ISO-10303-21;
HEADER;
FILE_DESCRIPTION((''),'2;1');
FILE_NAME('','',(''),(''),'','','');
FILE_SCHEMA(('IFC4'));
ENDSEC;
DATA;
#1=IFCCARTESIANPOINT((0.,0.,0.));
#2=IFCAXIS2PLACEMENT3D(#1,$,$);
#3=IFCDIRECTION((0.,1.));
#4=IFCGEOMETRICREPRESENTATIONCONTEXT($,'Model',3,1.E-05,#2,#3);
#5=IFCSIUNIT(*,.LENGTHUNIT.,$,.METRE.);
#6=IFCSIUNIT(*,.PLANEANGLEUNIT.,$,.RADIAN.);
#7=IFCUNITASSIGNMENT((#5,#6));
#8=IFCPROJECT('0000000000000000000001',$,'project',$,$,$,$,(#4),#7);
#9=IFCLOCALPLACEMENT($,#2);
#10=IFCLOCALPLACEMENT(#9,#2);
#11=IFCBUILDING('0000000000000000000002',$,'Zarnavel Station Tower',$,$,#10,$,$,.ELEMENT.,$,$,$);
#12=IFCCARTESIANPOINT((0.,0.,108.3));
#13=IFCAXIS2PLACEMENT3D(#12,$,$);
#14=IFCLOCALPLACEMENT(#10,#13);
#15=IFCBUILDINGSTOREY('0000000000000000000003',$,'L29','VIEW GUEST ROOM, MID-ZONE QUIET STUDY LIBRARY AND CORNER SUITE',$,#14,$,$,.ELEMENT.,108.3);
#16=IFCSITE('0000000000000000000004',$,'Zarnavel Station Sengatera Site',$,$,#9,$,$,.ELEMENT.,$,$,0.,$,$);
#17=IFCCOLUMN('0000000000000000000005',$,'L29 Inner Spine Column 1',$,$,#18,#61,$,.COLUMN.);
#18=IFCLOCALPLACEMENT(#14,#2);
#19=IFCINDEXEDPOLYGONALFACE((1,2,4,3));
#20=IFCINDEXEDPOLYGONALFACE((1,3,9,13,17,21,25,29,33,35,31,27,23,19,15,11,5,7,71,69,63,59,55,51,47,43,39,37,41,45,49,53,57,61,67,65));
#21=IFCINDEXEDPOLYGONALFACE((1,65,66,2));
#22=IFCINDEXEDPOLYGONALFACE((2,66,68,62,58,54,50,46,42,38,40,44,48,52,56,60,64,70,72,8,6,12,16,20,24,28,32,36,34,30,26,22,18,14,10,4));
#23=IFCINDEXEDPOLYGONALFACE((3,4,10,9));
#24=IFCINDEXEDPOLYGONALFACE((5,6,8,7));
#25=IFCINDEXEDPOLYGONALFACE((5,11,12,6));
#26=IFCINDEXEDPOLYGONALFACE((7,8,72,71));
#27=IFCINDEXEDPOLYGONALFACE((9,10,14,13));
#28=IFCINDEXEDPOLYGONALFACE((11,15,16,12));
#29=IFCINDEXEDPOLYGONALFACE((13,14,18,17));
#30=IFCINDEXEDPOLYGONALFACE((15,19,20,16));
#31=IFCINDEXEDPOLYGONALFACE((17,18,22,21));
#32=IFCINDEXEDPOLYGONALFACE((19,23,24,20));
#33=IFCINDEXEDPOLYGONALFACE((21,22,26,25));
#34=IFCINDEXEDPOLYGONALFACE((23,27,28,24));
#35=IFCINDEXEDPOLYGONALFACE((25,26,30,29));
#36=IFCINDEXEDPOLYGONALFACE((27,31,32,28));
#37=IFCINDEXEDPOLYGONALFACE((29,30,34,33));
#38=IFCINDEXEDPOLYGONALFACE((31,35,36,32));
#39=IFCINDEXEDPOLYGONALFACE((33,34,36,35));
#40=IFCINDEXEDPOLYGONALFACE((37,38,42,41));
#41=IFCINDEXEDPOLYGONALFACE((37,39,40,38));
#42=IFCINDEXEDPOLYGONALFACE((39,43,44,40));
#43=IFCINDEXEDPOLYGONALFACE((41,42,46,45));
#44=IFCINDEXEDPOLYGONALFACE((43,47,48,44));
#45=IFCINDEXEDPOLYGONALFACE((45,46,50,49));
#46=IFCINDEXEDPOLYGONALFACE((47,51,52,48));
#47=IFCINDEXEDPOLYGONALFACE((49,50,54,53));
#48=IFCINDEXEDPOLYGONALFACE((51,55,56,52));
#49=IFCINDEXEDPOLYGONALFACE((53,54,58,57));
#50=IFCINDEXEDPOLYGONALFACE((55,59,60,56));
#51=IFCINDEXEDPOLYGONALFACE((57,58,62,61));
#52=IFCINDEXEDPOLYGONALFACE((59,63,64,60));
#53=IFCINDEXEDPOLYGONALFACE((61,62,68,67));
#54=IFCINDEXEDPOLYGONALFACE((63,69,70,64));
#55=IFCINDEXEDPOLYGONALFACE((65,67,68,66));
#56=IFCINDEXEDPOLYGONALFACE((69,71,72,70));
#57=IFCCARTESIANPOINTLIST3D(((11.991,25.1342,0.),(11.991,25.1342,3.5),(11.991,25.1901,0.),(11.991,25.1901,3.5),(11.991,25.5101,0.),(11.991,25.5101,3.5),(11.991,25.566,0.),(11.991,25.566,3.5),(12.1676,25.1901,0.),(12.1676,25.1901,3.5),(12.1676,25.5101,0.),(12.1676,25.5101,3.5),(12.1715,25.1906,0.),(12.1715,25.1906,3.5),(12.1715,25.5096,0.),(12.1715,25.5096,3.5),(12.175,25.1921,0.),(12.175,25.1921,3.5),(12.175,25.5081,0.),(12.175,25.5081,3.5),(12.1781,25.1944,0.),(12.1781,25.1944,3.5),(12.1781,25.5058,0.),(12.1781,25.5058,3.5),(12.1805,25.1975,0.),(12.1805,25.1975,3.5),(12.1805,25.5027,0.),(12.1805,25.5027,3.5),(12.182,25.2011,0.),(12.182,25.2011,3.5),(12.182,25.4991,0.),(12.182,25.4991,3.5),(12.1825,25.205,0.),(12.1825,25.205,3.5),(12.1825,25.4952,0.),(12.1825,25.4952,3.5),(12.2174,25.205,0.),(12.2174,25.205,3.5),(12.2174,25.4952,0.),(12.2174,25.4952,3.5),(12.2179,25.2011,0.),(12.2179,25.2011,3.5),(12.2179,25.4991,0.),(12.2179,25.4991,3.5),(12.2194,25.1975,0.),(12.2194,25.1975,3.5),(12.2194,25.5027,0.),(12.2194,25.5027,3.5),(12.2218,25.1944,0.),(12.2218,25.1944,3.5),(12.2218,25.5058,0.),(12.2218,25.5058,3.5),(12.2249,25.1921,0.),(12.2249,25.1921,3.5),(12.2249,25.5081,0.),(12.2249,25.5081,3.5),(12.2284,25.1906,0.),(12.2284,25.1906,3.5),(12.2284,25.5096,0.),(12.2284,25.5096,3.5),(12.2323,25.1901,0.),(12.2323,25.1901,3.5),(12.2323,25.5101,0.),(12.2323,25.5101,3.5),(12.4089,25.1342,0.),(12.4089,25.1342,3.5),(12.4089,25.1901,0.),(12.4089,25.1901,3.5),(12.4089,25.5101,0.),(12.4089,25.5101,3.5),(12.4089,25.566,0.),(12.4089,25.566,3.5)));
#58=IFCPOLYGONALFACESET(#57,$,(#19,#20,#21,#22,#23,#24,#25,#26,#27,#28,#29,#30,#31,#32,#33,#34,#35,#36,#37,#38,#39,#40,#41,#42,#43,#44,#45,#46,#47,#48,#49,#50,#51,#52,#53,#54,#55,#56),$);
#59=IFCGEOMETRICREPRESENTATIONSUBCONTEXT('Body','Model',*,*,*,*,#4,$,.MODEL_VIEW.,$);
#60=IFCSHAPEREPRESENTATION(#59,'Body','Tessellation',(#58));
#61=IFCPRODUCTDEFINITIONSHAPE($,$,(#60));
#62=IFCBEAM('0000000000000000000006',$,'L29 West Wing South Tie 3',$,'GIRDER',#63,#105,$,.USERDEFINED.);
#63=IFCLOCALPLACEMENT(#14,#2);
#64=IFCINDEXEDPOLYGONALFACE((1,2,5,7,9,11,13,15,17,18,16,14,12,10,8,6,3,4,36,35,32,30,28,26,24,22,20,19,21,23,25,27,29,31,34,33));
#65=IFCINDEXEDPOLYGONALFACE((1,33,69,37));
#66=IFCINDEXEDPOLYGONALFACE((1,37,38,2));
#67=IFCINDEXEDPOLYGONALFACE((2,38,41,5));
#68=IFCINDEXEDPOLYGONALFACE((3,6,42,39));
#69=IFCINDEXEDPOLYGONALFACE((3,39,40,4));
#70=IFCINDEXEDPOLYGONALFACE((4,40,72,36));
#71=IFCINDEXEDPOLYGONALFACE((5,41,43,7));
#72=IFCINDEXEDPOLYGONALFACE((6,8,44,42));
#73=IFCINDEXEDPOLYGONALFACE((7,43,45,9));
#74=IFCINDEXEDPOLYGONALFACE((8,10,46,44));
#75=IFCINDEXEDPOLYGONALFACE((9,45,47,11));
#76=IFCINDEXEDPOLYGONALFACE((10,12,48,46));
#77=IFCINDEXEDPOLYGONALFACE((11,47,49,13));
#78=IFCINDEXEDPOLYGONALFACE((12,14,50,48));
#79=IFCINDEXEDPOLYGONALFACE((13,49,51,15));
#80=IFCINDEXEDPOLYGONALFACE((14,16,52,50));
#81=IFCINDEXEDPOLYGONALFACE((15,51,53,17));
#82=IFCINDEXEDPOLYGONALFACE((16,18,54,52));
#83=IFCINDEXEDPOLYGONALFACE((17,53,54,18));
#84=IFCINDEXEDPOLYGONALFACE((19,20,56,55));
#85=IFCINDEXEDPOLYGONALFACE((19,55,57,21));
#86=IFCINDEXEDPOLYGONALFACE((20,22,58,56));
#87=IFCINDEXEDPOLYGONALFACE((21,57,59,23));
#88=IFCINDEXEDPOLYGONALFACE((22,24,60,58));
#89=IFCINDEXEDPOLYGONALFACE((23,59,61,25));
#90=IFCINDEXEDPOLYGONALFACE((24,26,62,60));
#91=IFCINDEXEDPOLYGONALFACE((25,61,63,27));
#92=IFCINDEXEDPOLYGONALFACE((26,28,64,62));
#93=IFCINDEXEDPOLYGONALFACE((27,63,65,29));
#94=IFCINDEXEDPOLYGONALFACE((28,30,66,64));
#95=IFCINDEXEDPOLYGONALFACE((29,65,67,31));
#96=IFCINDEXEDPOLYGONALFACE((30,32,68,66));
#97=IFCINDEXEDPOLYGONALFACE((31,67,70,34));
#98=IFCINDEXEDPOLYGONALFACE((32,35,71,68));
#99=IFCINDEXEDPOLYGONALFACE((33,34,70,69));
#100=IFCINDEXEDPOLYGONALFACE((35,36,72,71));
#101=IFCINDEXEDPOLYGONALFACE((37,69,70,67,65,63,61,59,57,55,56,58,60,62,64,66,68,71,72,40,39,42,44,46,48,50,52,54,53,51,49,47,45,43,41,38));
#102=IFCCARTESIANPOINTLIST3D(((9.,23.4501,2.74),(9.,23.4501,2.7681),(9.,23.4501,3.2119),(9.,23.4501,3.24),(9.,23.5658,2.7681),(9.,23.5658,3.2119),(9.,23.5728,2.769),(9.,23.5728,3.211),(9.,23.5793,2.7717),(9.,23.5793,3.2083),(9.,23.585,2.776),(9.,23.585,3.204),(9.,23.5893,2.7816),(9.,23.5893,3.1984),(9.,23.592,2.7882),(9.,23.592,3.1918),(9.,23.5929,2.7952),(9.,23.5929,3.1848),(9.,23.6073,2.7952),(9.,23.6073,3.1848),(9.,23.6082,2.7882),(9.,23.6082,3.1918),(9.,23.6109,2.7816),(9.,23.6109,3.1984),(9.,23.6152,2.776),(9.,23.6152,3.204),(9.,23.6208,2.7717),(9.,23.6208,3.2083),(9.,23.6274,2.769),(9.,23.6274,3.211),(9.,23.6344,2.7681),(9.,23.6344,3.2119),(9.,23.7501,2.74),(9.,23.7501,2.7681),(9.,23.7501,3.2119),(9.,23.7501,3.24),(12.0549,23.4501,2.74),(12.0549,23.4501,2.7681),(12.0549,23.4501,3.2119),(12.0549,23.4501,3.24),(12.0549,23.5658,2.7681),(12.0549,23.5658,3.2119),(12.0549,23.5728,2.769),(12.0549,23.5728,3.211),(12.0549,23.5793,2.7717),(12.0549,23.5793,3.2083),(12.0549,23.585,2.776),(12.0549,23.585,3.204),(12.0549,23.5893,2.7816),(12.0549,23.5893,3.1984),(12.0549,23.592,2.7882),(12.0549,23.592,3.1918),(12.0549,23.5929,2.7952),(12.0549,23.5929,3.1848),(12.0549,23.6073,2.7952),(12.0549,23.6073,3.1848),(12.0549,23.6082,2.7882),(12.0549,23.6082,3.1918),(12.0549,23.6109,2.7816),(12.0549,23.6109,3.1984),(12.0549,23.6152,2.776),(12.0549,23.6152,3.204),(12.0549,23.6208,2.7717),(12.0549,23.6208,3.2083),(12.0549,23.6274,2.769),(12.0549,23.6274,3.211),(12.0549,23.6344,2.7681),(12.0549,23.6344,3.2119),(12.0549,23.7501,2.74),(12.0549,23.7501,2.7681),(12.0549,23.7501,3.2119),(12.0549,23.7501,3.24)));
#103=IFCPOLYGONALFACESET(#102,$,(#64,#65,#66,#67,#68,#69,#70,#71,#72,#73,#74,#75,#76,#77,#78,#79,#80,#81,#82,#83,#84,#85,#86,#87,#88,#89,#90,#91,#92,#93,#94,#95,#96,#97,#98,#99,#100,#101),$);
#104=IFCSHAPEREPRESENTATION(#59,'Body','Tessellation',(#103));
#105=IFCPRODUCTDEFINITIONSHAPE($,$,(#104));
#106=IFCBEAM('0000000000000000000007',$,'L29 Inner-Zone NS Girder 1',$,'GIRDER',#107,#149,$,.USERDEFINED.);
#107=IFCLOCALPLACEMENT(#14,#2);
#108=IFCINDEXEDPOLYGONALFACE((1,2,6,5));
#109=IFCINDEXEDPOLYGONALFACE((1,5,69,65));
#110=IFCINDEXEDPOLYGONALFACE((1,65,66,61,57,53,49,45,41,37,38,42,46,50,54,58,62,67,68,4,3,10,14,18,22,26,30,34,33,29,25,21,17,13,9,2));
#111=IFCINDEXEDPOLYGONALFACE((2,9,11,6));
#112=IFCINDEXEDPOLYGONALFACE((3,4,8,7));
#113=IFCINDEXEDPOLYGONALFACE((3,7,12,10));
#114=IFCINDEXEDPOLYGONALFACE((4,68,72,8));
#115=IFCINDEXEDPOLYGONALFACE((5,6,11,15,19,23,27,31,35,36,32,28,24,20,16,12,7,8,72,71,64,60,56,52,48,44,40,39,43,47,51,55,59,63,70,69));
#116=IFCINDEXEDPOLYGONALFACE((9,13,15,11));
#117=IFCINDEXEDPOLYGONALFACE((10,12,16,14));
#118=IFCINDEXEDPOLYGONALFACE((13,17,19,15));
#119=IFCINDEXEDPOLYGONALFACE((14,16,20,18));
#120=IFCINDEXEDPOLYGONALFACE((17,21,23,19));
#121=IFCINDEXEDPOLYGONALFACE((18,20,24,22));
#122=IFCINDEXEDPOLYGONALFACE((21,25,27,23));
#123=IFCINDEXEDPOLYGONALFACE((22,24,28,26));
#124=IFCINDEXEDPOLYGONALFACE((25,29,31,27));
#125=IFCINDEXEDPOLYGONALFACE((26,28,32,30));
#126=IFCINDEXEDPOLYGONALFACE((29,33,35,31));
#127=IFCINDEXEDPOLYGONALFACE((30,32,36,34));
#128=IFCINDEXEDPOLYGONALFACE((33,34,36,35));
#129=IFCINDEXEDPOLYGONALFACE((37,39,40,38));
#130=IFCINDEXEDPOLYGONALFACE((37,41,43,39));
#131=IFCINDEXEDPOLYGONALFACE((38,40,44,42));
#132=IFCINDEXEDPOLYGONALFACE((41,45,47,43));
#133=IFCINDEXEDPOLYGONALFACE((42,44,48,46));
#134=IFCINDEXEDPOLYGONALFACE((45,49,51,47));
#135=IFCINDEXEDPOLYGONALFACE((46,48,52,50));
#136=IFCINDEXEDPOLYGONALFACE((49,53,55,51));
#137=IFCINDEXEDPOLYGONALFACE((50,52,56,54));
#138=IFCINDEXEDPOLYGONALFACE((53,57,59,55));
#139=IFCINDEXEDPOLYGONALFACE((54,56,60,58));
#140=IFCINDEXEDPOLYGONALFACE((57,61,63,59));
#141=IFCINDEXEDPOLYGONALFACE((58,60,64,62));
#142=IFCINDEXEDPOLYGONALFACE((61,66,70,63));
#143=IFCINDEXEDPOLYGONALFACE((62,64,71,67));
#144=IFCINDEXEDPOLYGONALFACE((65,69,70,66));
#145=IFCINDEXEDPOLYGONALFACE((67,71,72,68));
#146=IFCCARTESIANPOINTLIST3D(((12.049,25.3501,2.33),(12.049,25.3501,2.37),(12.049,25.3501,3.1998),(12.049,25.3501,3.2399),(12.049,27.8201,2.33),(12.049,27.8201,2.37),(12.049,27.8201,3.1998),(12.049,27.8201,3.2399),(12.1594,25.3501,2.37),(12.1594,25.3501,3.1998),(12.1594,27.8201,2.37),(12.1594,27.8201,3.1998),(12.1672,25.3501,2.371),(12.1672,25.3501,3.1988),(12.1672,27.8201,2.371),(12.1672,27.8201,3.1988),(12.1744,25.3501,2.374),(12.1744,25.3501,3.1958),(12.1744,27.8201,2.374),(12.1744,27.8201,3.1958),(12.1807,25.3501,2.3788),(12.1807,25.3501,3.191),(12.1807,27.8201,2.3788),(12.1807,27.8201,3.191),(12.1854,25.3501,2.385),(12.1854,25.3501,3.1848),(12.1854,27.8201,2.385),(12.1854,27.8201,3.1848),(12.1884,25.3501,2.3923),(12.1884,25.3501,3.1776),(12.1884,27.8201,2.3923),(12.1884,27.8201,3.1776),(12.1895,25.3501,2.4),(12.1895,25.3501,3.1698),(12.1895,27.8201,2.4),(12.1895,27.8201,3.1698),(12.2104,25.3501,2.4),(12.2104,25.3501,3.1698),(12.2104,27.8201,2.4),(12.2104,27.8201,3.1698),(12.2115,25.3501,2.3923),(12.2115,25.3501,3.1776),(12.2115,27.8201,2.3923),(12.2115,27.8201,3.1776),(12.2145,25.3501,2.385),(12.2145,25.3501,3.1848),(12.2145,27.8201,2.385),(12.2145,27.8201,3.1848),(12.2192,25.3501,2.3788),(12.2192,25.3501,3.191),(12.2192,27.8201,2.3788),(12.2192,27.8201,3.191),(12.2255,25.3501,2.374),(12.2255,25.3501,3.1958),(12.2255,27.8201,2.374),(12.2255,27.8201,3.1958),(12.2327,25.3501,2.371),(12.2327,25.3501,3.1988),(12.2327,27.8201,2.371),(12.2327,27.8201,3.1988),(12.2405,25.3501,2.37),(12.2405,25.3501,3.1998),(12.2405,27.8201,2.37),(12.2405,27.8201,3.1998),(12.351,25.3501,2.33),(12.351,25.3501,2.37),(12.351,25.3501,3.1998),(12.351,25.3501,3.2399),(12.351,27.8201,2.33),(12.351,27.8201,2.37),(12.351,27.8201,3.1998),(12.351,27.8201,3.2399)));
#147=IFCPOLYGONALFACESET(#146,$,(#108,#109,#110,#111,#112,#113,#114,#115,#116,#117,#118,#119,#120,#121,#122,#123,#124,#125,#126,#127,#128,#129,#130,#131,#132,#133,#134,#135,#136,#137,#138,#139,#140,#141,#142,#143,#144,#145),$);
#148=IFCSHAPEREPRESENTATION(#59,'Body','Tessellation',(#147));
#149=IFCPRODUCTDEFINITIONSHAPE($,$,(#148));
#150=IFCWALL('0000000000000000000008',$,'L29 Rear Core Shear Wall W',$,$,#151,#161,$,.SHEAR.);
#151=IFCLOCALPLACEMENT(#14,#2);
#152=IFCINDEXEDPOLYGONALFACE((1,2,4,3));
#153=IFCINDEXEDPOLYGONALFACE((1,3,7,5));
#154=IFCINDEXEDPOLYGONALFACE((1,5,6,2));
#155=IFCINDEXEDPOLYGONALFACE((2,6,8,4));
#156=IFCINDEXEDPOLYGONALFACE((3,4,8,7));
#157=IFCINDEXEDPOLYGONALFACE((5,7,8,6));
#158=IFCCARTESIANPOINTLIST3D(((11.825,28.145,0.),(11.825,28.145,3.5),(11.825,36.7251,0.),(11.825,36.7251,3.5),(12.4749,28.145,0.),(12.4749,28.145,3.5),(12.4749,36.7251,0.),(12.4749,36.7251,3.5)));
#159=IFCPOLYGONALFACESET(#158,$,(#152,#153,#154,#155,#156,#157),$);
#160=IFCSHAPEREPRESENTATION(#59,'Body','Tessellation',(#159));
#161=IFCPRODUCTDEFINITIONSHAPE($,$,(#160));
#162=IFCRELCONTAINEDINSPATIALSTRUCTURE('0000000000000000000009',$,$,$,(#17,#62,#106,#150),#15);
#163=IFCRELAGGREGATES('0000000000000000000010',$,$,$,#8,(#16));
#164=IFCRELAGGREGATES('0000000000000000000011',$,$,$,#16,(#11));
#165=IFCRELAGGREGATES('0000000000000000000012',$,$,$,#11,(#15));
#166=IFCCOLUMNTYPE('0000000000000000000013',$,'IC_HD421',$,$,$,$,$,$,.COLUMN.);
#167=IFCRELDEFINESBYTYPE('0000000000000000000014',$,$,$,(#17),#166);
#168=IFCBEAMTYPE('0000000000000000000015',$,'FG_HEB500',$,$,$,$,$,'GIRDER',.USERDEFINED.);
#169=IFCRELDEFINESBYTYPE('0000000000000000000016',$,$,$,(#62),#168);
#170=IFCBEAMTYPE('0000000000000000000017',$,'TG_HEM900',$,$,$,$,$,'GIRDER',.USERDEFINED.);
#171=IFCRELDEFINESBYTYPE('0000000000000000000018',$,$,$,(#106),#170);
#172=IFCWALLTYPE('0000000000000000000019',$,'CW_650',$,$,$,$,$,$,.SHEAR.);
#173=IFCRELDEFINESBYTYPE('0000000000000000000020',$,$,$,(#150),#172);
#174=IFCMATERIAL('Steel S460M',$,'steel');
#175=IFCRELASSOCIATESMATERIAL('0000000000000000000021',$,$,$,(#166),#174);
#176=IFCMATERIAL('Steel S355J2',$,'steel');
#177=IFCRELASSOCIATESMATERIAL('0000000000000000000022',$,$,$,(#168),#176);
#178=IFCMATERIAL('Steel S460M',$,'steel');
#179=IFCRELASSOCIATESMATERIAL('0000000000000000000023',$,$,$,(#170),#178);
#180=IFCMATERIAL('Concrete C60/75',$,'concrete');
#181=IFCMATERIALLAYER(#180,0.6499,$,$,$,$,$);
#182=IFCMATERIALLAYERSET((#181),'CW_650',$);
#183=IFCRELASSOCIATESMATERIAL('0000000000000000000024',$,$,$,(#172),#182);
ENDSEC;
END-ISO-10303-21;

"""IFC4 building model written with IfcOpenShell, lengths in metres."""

from ifc_helpers import new_model, si_unit, direction, frame, frame_2d, origin, origin_2d, place, context, subcontext, project, spatial, rectangle, i_section, extrude, material, layer, layer_set, material_profile, profile_set, type_object, element, save


model = new_model("IFC4")

# Units and contexts
model_context = context("Model", 3, precision=1e-05, world=origin(), true_north=direction((0.0, 1.0)))
body_context = subcontext(model_context, "Body", "Model", "MODEL_VIEW")
ifc_project = project(units=[si_unit("LENGTHUNIT", "METRE"), si_unit("PLANEANGLEUNIT", "RADIAN")], contexts=[model_context])

# Site, building, storey
site_placement = place(None, origin())
site = spatial("IfcSite", under=ifc_project, at=site_placement, Name="Zarnavel Station Sengatera Site", CompositionType="ELEMENT", RefElevation=0.0)
building_placement = place(site_placement, origin())
building = spatial("IfcBuilding", under=site, at=building_placement, Name="Zarnavel Station Tower", CompositionType="ELEMENT")
storey_placement = place(building_placement, frame((0.0, 0.0, 108.3)))
storey = spatial("IfcBuildingStorey", under=building, at=storey_placement, Name="L29", Description="VIEW GUEST ROOM, MID-ZONE QUIET STUDY LIBRARY AND CORNER SUITE", CompositionType="ELEMENT", Elevation=108.3)

# Column
ifc_material_1 = material(Name="Steel S460M", Category="steel")
ifc_material_profile_1 = material_profile(ifc_material_1, i_section(OverallWidth=0.418, OverallDepth=0.4319, WebThickness=0.0349, FlangeThickness=0.0559, FilletRadius=0.0149, at=origin_2d()), Name="HD400x421")
ifc_profile_set_1 = profile_set([ifc_material_profile_1], Name="Steel S460M")
column_type = type_object("IfcColumnType", Name="IC_HD421", PredefinedType="COLUMN", material=ifc_profile_set_1)
column_placement = place(storey_placement, frame((12.2, 25.3501, 0.0), z_axis=(0.0, 0.0, 1.0), x_axis=(1.0, 0.0, 0.0)))
element("IfcColumn", 1, at=column_placement, inside=storey, type_object=column_type, Name="L29 Inner Spine Column 1", PredefinedType="COLUMN", context=body_context, shape_type="SweptSolid", body=[
    extrude(i_section(OverallWidth=0.418, OverallDepth=0.4319, WebThickness=0.0349, FlangeThickness=0.0559, FilletRadius=0.0149, at=origin_2d()), origin(), (0.0, 0.0, 1.0), 3.5),
])

# Beams
ifc_material_2 = material(Name="Steel S355J2", Category="steel")
ifc_material_profile_2 = material_profile(ifc_material_2, i_section(OverallWidth=0.3, OverallDepth=0.5, WebThickness=0.0144, FlangeThickness=0.0281, FilletRadius=0.0271, at=origin_2d()), Name="HEB500")
ifc_profile_set_2 = profile_set([ifc_material_profile_2], Name="Steel S355J2")
beam_type_1 = type_object("IfcBeamType", Name="FG_HEB500", ElementType="GIRDER", PredefinedType="USERDEFINED", material=ifc_profile_set_2)
beam_1_placement = place(storey_placement, frame((9.0, 23.6001, 2.99), z_axis=(1.0, 0.0, 0.0), x_axis=(0.0, 1.0, 0.0)))
element("IfcBeam", 2, at=beam_1_placement, inside=storey, type_object=beam_type_1, Name="L29 West Wing South Tie 3", ObjectType="GIRDER", PredefinedType="USERDEFINED", context=body_context, shape_type="SweptSolid", body=[
    extrude(i_section(OverallWidth=0.3, OverallDepth=0.5, WebThickness=0.0144, FlangeThickness=0.0281, FilletRadius=0.0271, at=origin_2d()), origin(), (0.0, 0.0, 1.0), 3.0549),
])
ifc_material_3 = material(Name="Steel S460M", Category="steel")
ifc_material_profile_3 = material_profile(ifc_material_3, i_section(OverallWidth=0.302, OverallDepth=0.9099, WebThickness=0.021, FlangeThickness=0.04, FilletRadius=0.03, at=origin_2d()), Name="HEM900")
ifc_profile_set_3 = profile_set([ifc_material_profile_3], Name="Steel S460M")
beam_type_2 = type_object("IfcBeamType", Name="TG_HEM900", ElementType="GIRDER", PredefinedType="USERDEFINED", material=ifc_profile_set_3)
beam_2_placement = place(storey_placement, frame((12.2, 25.3501, 2.7849), z_axis=(0.0, 1.0, 0.0), x_axis=(-1.0, 0.0, 0.0)))
element("IfcBeam", 3, at=beam_2_placement, inside=storey, type_object=beam_type_2, Name="L29 Inner-Zone NS Girder 1", ObjectType="GIRDER", PredefinedType="USERDEFINED", context=body_context, shape_type="SweptSolid", body=[
    extrude(i_section(OverallWidth=0.302, OverallDepth=0.9099, WebThickness=0.021, FlangeThickness=0.04, FilletRadius=0.03, at=origin_2d()), origin(), (0.0, 0.0, 1.0), 2.47),
])

# Wall
ifc_material_4 = material(Name="Concrete C60/75", Category="concrete")
ifc_layer_1 = layer(ifc_material_4, 0.6499)
ifc_layer_set_1 = layer_set([ifc_layer_1], Name="CW_650")
wall_type_1 = type_object("IfcWallType", Name="CW_650", PredefinedType="SHEAR", material=ifc_layer_set_1)
wall_1_placement = place(storey_placement, frame((12.1499, 28.145, 0.0), z_axis=(0.0, 0.0, 1.0), x_axis=(0.0, 1.0, 0.0)))
element("IfcWall", 4, at=wall_1_placement, inside=storey, type_object=wall_type_1, Name="L29 Rear Core Shear Wall W", PredefinedType="SHEAR", context=body_context, shape_type="SweptSolid", body=[
    extrude(rectangle(XDim=8.5801, YDim=0.6499, at=frame_2d((4.29, 0.0))), origin(), (0.0, 0.0, 1.0), 3.5),
])

save(model, "model.ifc")
